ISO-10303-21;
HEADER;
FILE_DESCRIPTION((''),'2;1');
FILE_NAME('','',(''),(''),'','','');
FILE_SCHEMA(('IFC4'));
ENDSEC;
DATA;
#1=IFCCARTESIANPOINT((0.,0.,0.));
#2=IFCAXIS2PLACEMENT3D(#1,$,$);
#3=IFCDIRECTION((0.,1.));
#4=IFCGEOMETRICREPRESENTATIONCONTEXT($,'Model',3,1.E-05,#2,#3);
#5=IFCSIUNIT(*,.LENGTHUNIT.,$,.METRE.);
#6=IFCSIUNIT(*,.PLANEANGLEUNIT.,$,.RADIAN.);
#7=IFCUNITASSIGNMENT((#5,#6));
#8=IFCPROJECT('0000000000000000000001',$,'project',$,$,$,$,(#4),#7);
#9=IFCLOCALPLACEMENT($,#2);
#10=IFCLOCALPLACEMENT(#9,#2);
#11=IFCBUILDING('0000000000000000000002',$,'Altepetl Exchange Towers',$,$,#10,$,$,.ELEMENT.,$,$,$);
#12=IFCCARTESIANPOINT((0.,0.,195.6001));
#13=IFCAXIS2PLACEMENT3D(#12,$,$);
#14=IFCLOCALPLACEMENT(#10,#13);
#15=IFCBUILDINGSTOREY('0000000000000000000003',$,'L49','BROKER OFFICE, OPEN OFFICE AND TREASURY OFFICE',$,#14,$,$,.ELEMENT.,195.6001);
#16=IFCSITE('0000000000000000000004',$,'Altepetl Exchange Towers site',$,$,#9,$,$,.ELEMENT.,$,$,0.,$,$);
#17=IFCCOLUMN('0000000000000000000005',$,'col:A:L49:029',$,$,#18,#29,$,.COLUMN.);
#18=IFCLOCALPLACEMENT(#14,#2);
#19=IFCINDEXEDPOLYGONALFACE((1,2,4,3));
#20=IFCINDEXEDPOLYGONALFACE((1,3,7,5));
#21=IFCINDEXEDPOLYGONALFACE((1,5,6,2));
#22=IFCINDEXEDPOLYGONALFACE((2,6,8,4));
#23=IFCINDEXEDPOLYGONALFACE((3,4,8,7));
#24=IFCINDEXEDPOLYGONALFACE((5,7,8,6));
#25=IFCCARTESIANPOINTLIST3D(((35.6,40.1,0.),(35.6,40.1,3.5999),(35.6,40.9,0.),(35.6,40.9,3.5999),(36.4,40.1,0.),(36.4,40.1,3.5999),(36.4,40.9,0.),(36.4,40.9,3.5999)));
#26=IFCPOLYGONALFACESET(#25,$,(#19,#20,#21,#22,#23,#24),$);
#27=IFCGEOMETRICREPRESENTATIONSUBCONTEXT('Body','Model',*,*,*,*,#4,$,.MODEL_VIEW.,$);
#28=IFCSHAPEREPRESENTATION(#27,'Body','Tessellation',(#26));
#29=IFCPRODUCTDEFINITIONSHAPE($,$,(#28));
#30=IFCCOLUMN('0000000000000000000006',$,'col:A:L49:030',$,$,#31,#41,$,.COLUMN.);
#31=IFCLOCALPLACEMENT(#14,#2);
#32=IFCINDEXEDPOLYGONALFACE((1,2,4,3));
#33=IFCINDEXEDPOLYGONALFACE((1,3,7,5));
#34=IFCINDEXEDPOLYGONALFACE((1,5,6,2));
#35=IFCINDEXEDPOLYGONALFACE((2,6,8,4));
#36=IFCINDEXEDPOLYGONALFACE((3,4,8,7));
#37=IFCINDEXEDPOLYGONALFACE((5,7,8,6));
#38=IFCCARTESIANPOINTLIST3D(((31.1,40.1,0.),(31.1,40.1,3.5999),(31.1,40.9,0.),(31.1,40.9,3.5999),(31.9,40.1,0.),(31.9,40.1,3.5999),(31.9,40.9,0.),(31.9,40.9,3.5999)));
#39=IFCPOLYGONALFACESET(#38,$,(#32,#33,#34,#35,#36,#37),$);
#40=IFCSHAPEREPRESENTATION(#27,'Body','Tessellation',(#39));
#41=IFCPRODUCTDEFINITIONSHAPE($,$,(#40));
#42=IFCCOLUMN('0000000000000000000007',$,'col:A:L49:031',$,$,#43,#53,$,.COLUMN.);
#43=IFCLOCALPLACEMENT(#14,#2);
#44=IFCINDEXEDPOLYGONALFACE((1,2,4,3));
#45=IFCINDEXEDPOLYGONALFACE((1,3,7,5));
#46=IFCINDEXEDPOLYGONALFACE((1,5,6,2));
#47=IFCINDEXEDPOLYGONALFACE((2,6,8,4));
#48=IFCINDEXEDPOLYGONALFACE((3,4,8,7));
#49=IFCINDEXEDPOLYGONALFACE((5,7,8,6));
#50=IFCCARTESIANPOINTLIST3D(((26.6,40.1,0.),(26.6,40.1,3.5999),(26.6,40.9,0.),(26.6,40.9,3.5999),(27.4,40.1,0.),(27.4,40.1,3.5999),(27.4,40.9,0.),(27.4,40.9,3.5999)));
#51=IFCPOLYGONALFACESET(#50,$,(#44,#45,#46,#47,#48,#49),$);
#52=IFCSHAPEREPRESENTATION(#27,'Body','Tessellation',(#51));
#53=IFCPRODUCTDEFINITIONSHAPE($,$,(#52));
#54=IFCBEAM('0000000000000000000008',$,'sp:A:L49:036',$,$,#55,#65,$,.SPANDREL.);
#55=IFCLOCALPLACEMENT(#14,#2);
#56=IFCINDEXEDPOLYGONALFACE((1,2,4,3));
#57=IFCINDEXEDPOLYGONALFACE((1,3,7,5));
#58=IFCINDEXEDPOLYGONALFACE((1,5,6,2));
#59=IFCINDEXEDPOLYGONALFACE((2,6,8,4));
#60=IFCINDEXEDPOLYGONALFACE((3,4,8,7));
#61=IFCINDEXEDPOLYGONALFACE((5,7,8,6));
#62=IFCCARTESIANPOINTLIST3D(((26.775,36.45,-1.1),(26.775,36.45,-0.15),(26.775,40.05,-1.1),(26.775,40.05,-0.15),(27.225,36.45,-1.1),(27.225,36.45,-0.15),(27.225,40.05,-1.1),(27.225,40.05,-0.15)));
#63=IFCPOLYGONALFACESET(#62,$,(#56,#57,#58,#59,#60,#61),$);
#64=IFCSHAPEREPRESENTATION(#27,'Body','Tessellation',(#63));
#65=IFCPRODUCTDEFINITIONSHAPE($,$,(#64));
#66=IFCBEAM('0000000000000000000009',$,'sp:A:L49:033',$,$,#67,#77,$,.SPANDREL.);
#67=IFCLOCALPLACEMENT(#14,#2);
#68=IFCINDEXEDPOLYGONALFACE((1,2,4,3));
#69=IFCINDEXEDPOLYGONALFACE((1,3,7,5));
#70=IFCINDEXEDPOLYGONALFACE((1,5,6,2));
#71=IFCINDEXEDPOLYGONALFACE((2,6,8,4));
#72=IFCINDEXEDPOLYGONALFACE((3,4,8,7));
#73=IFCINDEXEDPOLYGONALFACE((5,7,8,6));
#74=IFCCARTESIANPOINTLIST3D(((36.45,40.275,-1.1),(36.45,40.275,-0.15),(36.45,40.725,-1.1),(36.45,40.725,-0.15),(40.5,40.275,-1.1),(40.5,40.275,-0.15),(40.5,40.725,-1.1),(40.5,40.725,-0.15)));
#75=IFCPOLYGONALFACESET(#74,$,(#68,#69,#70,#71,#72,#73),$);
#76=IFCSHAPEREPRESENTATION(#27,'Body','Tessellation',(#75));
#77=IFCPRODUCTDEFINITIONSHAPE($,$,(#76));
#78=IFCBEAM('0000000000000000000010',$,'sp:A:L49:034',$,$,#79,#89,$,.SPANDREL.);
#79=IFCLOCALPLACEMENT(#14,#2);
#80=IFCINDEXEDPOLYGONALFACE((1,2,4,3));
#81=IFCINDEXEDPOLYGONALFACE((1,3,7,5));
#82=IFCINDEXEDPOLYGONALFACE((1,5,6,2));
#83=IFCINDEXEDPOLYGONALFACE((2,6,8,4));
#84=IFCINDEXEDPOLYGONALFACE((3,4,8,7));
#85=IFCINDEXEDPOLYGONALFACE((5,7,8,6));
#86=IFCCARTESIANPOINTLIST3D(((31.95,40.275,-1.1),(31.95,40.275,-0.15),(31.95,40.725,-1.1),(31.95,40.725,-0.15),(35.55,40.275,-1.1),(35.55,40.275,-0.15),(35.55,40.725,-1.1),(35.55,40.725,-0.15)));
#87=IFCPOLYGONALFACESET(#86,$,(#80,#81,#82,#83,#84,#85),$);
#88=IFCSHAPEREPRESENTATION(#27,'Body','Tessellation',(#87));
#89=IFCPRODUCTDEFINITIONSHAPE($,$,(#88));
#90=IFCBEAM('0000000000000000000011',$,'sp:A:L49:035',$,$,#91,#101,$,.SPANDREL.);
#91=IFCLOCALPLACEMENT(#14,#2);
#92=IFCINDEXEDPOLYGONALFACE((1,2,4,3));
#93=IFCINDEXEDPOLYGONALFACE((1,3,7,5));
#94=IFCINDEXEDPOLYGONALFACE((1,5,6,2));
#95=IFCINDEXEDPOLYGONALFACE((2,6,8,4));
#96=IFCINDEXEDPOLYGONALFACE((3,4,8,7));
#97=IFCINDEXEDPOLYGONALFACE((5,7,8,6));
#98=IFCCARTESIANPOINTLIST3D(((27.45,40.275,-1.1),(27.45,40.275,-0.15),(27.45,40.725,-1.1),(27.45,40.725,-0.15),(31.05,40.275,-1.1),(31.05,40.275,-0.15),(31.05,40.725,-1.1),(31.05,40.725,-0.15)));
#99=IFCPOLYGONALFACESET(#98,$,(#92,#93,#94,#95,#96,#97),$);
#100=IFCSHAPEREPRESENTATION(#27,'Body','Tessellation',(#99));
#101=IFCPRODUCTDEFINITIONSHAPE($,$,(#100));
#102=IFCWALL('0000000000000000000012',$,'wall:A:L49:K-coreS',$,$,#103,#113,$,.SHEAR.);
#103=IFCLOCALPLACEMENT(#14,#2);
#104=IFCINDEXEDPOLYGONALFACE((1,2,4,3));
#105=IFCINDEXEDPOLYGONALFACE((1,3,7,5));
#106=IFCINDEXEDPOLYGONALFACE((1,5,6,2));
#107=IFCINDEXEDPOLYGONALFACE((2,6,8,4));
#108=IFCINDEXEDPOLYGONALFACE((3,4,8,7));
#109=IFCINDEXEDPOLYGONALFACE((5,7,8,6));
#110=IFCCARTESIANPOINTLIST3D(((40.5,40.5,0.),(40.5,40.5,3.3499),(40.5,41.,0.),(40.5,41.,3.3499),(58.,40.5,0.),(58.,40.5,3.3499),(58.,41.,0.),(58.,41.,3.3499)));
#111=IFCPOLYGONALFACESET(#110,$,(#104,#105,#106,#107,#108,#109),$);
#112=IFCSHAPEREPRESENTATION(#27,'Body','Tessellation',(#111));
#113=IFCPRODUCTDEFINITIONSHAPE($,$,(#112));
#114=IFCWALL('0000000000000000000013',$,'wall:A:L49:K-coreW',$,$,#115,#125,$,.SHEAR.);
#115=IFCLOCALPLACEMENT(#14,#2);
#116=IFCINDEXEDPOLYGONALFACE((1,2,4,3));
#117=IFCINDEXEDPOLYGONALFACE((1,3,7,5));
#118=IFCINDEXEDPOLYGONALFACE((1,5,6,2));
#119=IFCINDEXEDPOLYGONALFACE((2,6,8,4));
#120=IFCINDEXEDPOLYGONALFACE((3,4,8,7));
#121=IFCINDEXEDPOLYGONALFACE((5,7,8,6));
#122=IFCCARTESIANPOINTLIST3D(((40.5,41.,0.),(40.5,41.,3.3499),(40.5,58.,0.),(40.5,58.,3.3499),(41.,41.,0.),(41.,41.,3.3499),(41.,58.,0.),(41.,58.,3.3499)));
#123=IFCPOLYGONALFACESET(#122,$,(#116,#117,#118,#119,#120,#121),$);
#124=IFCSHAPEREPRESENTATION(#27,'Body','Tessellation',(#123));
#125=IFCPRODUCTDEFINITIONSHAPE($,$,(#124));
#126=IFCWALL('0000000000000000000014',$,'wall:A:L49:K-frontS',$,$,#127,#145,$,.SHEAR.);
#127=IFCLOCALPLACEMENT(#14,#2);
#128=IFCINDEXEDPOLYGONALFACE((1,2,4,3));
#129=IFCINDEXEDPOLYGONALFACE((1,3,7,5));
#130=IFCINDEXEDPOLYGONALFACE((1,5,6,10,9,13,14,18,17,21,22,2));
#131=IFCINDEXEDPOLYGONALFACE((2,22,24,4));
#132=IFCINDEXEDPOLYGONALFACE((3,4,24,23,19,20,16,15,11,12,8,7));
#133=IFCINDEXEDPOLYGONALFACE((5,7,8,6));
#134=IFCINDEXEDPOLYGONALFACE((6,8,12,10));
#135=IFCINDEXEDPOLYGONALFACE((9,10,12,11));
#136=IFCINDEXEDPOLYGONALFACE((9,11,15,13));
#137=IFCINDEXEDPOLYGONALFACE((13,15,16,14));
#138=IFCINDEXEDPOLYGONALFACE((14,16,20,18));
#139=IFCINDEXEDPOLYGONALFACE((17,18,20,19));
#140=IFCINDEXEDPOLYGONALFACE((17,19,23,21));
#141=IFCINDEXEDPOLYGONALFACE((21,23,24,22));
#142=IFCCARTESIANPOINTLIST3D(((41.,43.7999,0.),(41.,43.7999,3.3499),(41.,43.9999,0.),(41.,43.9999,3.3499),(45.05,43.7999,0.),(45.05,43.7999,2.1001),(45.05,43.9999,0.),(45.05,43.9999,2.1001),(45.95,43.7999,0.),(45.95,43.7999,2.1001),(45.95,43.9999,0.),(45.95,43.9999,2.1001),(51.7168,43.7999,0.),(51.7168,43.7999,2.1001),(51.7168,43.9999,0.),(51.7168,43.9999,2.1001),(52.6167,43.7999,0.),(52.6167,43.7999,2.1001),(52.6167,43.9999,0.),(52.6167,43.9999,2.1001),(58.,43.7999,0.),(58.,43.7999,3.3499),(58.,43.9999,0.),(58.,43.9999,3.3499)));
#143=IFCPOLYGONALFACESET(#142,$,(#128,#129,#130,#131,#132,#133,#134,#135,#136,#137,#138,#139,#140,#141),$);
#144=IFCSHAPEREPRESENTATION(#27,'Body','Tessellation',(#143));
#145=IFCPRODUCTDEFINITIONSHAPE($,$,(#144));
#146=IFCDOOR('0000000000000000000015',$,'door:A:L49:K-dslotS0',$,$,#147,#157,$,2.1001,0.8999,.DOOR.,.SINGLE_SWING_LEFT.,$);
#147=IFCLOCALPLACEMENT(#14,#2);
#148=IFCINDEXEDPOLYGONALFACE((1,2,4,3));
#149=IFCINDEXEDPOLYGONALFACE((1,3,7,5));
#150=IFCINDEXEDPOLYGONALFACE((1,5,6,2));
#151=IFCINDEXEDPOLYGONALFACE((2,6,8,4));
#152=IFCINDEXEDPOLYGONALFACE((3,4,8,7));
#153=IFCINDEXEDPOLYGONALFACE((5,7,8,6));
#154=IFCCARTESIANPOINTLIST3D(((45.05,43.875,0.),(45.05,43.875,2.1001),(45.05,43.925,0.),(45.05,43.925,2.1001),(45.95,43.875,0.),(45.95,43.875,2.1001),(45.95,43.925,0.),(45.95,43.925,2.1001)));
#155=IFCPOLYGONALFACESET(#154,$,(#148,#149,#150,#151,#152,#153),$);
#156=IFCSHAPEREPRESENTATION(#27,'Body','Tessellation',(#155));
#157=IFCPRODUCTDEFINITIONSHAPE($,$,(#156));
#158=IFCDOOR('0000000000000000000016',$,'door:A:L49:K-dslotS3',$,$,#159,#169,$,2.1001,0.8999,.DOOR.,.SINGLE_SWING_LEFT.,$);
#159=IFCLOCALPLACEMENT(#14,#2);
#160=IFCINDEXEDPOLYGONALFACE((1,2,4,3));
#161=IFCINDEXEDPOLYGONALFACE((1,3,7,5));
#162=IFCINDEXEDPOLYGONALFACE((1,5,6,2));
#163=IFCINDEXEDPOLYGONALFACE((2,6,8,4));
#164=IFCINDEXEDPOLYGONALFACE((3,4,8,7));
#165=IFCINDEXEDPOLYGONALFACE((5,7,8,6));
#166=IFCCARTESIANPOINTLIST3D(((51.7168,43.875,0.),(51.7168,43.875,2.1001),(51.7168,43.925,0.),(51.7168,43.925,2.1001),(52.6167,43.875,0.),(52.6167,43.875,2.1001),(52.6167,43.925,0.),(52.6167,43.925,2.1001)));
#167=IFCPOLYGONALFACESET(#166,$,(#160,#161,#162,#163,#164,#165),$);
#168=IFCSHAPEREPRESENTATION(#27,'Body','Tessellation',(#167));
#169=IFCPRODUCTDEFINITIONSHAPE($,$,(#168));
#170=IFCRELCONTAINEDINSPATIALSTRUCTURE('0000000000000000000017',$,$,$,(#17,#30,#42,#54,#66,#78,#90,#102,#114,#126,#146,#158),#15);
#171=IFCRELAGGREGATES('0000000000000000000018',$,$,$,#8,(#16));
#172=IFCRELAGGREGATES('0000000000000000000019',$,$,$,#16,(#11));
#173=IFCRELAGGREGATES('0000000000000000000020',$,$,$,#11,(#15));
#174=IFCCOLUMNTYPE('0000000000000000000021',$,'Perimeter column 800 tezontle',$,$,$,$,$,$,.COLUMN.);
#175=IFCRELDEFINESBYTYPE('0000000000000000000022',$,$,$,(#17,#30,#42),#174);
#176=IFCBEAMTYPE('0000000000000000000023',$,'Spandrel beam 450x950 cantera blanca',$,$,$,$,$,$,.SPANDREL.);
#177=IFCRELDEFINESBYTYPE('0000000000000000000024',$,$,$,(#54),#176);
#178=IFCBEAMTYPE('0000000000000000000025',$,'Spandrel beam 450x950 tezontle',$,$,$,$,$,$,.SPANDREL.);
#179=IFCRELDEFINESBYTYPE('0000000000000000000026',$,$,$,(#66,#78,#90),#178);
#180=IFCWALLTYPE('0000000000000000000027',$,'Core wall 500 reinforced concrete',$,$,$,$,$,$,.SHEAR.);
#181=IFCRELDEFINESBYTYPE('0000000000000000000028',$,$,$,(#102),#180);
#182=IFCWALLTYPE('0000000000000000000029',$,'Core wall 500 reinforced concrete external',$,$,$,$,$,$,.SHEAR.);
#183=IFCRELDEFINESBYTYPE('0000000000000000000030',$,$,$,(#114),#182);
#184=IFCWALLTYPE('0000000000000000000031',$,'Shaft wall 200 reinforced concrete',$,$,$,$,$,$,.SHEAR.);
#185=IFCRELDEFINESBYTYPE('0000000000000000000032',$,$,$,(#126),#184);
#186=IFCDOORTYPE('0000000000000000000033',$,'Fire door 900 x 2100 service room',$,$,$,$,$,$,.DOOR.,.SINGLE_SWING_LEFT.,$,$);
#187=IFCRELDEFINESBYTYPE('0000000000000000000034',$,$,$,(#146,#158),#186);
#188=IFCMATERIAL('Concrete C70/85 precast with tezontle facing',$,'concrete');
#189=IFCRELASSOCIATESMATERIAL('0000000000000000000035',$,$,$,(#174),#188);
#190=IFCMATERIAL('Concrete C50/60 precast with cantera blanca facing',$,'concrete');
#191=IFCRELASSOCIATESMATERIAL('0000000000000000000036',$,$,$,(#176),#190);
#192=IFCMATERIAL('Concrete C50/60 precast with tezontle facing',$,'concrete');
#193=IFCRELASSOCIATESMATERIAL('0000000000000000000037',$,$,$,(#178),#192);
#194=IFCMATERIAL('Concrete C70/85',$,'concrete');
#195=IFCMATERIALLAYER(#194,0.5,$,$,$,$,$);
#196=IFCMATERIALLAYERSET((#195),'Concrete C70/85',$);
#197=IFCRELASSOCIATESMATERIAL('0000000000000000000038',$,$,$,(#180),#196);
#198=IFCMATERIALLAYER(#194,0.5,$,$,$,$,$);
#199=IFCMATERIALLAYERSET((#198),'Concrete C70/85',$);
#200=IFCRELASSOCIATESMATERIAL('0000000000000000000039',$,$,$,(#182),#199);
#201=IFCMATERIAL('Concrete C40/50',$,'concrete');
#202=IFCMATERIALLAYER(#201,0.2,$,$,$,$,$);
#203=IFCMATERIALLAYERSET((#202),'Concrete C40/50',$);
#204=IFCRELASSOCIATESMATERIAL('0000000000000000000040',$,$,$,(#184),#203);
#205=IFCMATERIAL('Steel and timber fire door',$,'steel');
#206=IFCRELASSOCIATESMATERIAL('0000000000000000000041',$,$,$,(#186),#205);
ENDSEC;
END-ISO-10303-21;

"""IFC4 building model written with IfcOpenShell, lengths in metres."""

from ifc_helpers import new_model, si_unit, direction, frame, frame_2d, origin, origin_2d, place, context, subcontext, project, spatial, rectangle, extrude, material, layer, layer_set, material_profile, profile_set, type_object, element, fill, save


model = new_model("IFC4")

# Units and contexts
model_context = context("Model", 3, precision=1e-05, world=origin(), true_north=direction((0.0, 1.0)))
body_context = subcontext(model_context, "Body", "Model", "MODEL_VIEW")
ifc_project = project(units=[si_unit("LENGTHUNIT", "METRE"), si_unit("PLANEANGLEUNIT", "RADIAN")], contexts=[model_context])

# Site, building, storey
site_placement = place(None, origin())
site = spatial("IfcSite", under=ifc_project, at=site_placement, Name="Altepetl Exchange Towers site", CompositionType="ELEMENT", RefElevation=0.0)
building_placement = place(site_placement, origin())
building = spatial("IfcBuilding", under=site, at=building_placement, Name="Altepetl Exchange Towers", CompositionType="ELEMENT")
storey_placement = place(building_placement, frame((0.0, 0.0, 195.6001)))
storey = spatial("IfcBuildingStorey", under=building, at=storey_placement, Name="L49", Description="BROKER OFFICE, OPEN OFFICE AND TREASURY OFFICE", CompositionType="ELEMENT", Elevation=195.6001)

# Columns
ifc_material_1 = material(Name="Concrete C70/85 precast with tezontle facing", Category="concrete")
ifc_material_profile_1 = material_profile(ifc_material_1, rectangle(XDim=0.8, YDim=0.8, at=origin_2d()), Name="800 x 800")
ifc_profile_set_1 = profile_set([ifc_material_profile_1], Name="Concrete C70/85 precast with tezontle facing")
column_type = type_object("IfcColumnType", Name="Perimeter column 800 tezontle", PredefinedType="COLUMN", material=ifc_profile_set_1)
for number, where, name in (
    (1, (36.0, 40.5, 0.0), "col:A:L49:029"),
    (2, (31.5, 40.5, 0.0), "col:A:L49:030"),
    (3, (27.0, 40.5, 0.0), "col:A:L49:031"),
):
    element("IfcColumn", number, at=place(storey_placement, frame(where)), inside=storey, type_object=column_type, Name=name, PredefinedType="COLUMN", context=body_context, shape_type="SweptSolid", body=[
        extrude(rectangle(XDim=0.8, YDim=0.8, at=origin_2d()), origin(), (0.0, 0.0, 1.0), 3.5999),
    ])

# Beams
ifc_material_2 = material(Name="Concrete C50/60 precast with cantera blanca facing", Category="concrete")
ifc_material_profile_2 = material_profile(ifc_material_2, rectangle(XDim=0.45, YDim=0.95, at=origin_2d()), Name="450 x 950")
ifc_profile_set_2 = profile_set([ifc_material_profile_2], Name="Concrete C50/60 precast with cantera blanca facing")
beam_type_1 = type_object("IfcBeamType", Name="Spandrel beam 450x950 cantera blanca", PredefinedType="SPANDREL", material=ifc_profile_set_2)
beam_1_placement = place(storey_placement, frame((27.0, 40.05, -0.625), z_axis=(0.0, -1.0, 0.0), x_axis=(1.0, 0.0, 0.0)))
element("IfcBeam", 4, at=beam_1_placement, inside=storey, type_object=beam_type_1, Name="sp:A:L49:036", PredefinedType="SPANDREL", context=body_context, shape_type="SweptSolid", body=[
    extrude(rectangle(XDim=0.45, YDim=0.95, at=origin_2d()), origin(), (0.0, 0.0, 1.0), 3.6001),
])
ifc_material_3 = material(Name="Concrete C50/60 precast with tezontle facing", Category="concrete")
ifc_material_profile_3 = material_profile(ifc_material_3, rectangle(XDim=0.45, YDim=0.95, at=origin_2d()), Name="450 x 950")
ifc_profile_set_3 = profile_set([ifc_material_profile_3], Name="Concrete C50/60 precast with tezontle facing")
beam_type_2 = type_object("IfcBeamType", Name="Spandrel beam 450x950 tezontle", PredefinedType="SPANDREL", material=ifc_profile_set_3)
beam_2_placement = place(storey_placement, frame((40.5, 40.5, -0.625), z_axis=(-1.0, 0.0, 0.0), x_axis=(0.0, -1.0, 0.0)))
element("IfcBeam", 5, at=beam_2_placement, inside=storey, type_object=beam_type_2, Name="sp:A:L49:033", PredefinedType="SPANDREL", context=body_context, shape_type="SweptSolid", body=[
    extrude(rectangle(XDim=0.45, YDim=0.95, at=origin_2d()), origin(), (0.0, 0.0, 1.0), 4.05),
])
for number, where, z_axis, x_axis, name in (
    (6, (35.55, 40.5, -0.625), (-1.0, 0.0, 0.0), (0.0, -1.0, 0.0), "sp:A:L49:034"),
    (7, (31.05, 40.5, -0.625), (-1.0, 0.0, 0.0), (0.0, -1.0, 0.0), "sp:A:L49:035"),
):
    element("IfcBeam", number, at=place(storey_placement, frame(where, z_axis=z_axis, x_axis=x_axis)), inside=storey, type_object=beam_type_2, Name=name, PredefinedType="SPANDREL", context=body_context, shape_type="SweptSolid", body=[
        extrude(rectangle(XDim=0.45, YDim=0.95, at=origin_2d()), origin(), (0.0, 0.0, 1.0), 3.6001),
    ])

# Walls
ifc_material_4 = material(Name="Concrete C70/85", Category="concrete")
ifc_layer_1 = layer(ifc_material_4, 0.5)
ifc_layer_set_1 = layer_set([ifc_layer_1], Name="Concrete C70/85")
wall_type_1 = type_object("IfcWallType", Name="Core wall 500 reinforced concrete", PredefinedType="SHEAR", material=ifc_layer_set_1)
wall_1_placement = place(storey_placement, frame((40.5, 40.75, 0.0)))
element("IfcWall", 8, at=wall_1_placement, inside=storey, type_object=wall_type_1, Name="wall:A:L49:K-coreS", PredefinedType="SHEAR", context=body_context, shape_type="SweptSolid", body=[
    extrude(rectangle(XDim=17.5, YDim=0.5, at=frame_2d((8.75, 0.0))), origin(), (0.0, 0.0, 1.0), 3.3499),
])
ifc_layer_2 = layer(ifc_material_4, 0.5)
ifc_layer_set_2 = layer_set([ifc_layer_2], Name="Concrete C70/85")
wall_type_2 = type_object("IfcWallType", Name="Core wall 500 reinforced concrete external", PredefinedType="SHEAR", material=ifc_layer_set_2)
wall_2_placement = place(storey_placement, frame((40.75, 41.0, 0.0), z_axis=(0.0, 0.0, 1.0), x_axis=(0.0, 1.0, 0.0)))
element("IfcWall", 9, at=wall_2_placement, inside=storey, type_object=wall_type_2, Name="wall:A:L49:K-coreW", PredefinedType="SHEAR", context=body_context, shape_type="SweptSolid", body=[
    extrude(rectangle(XDim=17.0, YDim=0.5, at=frame_2d((8.5, 0.0))), origin(), (0.0, 0.0, 1.0), 3.3499),
])

# Wall, openings, doors
ifc_material_5 = material(Name="Concrete C40/50", Category="concrete")
ifc_layer_3 = layer(ifc_material_5, 0.2)
ifc_layer_set_3 = layer_set([ifc_layer_3], Name="Concrete C40/50")
wall_type_3 = type_object("IfcWallType", Name="Shaft wall 200 reinforced concrete", PredefinedType="SHEAR", material=ifc_layer_set_3)
wall_3_placement = place(storey_placement, frame((41.0, 43.8999, 0.0)))
wall_3 = element("IfcWall", 10, at=wall_3_placement, inside=storey, type_object=wall_type_3, Name="wall:A:L49:K-frontS", PredefinedType="SHEAR", context=body_context, shape_type="SweptSolid", body=[
    extrude(rectangle(XDim=17.0, YDim=0.2, at=frame_2d((8.5, 0.0))), origin(), (0.0, 0.0, 1.0), 3.3499),
])
opening_1_placement = place(wall_3_placement, frame((4.05, 0.0, 0.0)))
opening_1 = element("IfcOpeningElement", 11, at=opening_1_placement, cuts=wall_3, PredefinedType="OPENING", context=body_context, shape_type="SweptSolid", body=[
    extrude(rectangle(XDim=0.8999, YDim=2.1001, at=frame_2d((0.45, 1.05))), frame((0.0, 0.1099, 0.0), z_axis=(0.0, -1.0, 0.0), x_axis=(1.0, 0.0, 0.0)), (0.0, 0.0, 1.0), 0.22),
])
opening_2_placement = place(wall_3_placement, frame((10.7168, 0.0, 0.0)))
opening_2 = element("IfcOpeningElement", 12, at=opening_2_placement, cuts=wall_3, PredefinedType="OPENING", context=body_context, shape_type="SweptSolid", body=[
    extrude(rectangle(XDim=0.8999, YDim=2.1001, at=frame_2d((0.45, 1.05))), frame((0.0, 0.1099, 0.0), z_axis=(0.0, -1.0, 0.0), x_axis=(1.0, 0.0, 0.0)), (0.0, 0.0, 1.0), 0.22),
])
ifc_material_6 = material(Name="Steel and timber fire door", Category="steel")
door_type_1 = type_object("IfcDoorType", Name="Fire door 900 x 2100 service room", OperationType="SINGLE_SWING_LEFT", PredefinedType="DOOR", material=ifc_material_6)
door_1_placement = place(opening_1_placement, frame((0.8999, 0.0, 0.0), x_axis=(-1.0, 0.0, 0.0)))
door_1 = element("IfcDoor", 13, at=door_1_placement, inside=storey, type_object=door_type_1, Name="door:A:L49:K-dslotS0", OperationType="SINGLE_SWING_LEFT", OverallHeight=2.1001, OverallWidth=0.8999, PredefinedType="DOOR", context=body_context, shape_type="SweptSolid", body=[
    extrude(rectangle(XDim=0.8999, YDim=2.1001, at=frame_2d((0.45, 1.05))), frame((0.0, 0.0249, 0.0), z_axis=(0.0, -1.0, 0.0), x_axis=(1.0, 0.0, 0.0)), (0.0, 0.0, 1.0), 0.05),
])
fill(opening_1, door_1)
door_2_placement = place(opening_2_placement, frame((0.8999, 0.0, 0.0), x_axis=(-1.0, 0.0, 0.0)))
door_2 = element("IfcDoor", 14, at=door_2_placement, inside=storey, type_object=door_type_1, Name="door:A:L49:K-dslotS3", OperationType="SINGLE_SWING_LEFT", OverallHeight=2.1001, OverallWidth=0.8999, PredefinedType="DOOR", context=body_context, shape_type="SweptSolid", body=[
    extrude(rectangle(XDim=0.8999, YDim=2.1001, at=frame_2d((0.45, 1.05))), frame((0.0, 0.0249, 0.0), z_axis=(0.0, -1.0, 0.0), x_axis=(1.0, 0.0, 0.0)), (0.0, 0.0, 1.0), 0.05),
])
fill(opening_2, door_2)

save(model, "model.ifc")
